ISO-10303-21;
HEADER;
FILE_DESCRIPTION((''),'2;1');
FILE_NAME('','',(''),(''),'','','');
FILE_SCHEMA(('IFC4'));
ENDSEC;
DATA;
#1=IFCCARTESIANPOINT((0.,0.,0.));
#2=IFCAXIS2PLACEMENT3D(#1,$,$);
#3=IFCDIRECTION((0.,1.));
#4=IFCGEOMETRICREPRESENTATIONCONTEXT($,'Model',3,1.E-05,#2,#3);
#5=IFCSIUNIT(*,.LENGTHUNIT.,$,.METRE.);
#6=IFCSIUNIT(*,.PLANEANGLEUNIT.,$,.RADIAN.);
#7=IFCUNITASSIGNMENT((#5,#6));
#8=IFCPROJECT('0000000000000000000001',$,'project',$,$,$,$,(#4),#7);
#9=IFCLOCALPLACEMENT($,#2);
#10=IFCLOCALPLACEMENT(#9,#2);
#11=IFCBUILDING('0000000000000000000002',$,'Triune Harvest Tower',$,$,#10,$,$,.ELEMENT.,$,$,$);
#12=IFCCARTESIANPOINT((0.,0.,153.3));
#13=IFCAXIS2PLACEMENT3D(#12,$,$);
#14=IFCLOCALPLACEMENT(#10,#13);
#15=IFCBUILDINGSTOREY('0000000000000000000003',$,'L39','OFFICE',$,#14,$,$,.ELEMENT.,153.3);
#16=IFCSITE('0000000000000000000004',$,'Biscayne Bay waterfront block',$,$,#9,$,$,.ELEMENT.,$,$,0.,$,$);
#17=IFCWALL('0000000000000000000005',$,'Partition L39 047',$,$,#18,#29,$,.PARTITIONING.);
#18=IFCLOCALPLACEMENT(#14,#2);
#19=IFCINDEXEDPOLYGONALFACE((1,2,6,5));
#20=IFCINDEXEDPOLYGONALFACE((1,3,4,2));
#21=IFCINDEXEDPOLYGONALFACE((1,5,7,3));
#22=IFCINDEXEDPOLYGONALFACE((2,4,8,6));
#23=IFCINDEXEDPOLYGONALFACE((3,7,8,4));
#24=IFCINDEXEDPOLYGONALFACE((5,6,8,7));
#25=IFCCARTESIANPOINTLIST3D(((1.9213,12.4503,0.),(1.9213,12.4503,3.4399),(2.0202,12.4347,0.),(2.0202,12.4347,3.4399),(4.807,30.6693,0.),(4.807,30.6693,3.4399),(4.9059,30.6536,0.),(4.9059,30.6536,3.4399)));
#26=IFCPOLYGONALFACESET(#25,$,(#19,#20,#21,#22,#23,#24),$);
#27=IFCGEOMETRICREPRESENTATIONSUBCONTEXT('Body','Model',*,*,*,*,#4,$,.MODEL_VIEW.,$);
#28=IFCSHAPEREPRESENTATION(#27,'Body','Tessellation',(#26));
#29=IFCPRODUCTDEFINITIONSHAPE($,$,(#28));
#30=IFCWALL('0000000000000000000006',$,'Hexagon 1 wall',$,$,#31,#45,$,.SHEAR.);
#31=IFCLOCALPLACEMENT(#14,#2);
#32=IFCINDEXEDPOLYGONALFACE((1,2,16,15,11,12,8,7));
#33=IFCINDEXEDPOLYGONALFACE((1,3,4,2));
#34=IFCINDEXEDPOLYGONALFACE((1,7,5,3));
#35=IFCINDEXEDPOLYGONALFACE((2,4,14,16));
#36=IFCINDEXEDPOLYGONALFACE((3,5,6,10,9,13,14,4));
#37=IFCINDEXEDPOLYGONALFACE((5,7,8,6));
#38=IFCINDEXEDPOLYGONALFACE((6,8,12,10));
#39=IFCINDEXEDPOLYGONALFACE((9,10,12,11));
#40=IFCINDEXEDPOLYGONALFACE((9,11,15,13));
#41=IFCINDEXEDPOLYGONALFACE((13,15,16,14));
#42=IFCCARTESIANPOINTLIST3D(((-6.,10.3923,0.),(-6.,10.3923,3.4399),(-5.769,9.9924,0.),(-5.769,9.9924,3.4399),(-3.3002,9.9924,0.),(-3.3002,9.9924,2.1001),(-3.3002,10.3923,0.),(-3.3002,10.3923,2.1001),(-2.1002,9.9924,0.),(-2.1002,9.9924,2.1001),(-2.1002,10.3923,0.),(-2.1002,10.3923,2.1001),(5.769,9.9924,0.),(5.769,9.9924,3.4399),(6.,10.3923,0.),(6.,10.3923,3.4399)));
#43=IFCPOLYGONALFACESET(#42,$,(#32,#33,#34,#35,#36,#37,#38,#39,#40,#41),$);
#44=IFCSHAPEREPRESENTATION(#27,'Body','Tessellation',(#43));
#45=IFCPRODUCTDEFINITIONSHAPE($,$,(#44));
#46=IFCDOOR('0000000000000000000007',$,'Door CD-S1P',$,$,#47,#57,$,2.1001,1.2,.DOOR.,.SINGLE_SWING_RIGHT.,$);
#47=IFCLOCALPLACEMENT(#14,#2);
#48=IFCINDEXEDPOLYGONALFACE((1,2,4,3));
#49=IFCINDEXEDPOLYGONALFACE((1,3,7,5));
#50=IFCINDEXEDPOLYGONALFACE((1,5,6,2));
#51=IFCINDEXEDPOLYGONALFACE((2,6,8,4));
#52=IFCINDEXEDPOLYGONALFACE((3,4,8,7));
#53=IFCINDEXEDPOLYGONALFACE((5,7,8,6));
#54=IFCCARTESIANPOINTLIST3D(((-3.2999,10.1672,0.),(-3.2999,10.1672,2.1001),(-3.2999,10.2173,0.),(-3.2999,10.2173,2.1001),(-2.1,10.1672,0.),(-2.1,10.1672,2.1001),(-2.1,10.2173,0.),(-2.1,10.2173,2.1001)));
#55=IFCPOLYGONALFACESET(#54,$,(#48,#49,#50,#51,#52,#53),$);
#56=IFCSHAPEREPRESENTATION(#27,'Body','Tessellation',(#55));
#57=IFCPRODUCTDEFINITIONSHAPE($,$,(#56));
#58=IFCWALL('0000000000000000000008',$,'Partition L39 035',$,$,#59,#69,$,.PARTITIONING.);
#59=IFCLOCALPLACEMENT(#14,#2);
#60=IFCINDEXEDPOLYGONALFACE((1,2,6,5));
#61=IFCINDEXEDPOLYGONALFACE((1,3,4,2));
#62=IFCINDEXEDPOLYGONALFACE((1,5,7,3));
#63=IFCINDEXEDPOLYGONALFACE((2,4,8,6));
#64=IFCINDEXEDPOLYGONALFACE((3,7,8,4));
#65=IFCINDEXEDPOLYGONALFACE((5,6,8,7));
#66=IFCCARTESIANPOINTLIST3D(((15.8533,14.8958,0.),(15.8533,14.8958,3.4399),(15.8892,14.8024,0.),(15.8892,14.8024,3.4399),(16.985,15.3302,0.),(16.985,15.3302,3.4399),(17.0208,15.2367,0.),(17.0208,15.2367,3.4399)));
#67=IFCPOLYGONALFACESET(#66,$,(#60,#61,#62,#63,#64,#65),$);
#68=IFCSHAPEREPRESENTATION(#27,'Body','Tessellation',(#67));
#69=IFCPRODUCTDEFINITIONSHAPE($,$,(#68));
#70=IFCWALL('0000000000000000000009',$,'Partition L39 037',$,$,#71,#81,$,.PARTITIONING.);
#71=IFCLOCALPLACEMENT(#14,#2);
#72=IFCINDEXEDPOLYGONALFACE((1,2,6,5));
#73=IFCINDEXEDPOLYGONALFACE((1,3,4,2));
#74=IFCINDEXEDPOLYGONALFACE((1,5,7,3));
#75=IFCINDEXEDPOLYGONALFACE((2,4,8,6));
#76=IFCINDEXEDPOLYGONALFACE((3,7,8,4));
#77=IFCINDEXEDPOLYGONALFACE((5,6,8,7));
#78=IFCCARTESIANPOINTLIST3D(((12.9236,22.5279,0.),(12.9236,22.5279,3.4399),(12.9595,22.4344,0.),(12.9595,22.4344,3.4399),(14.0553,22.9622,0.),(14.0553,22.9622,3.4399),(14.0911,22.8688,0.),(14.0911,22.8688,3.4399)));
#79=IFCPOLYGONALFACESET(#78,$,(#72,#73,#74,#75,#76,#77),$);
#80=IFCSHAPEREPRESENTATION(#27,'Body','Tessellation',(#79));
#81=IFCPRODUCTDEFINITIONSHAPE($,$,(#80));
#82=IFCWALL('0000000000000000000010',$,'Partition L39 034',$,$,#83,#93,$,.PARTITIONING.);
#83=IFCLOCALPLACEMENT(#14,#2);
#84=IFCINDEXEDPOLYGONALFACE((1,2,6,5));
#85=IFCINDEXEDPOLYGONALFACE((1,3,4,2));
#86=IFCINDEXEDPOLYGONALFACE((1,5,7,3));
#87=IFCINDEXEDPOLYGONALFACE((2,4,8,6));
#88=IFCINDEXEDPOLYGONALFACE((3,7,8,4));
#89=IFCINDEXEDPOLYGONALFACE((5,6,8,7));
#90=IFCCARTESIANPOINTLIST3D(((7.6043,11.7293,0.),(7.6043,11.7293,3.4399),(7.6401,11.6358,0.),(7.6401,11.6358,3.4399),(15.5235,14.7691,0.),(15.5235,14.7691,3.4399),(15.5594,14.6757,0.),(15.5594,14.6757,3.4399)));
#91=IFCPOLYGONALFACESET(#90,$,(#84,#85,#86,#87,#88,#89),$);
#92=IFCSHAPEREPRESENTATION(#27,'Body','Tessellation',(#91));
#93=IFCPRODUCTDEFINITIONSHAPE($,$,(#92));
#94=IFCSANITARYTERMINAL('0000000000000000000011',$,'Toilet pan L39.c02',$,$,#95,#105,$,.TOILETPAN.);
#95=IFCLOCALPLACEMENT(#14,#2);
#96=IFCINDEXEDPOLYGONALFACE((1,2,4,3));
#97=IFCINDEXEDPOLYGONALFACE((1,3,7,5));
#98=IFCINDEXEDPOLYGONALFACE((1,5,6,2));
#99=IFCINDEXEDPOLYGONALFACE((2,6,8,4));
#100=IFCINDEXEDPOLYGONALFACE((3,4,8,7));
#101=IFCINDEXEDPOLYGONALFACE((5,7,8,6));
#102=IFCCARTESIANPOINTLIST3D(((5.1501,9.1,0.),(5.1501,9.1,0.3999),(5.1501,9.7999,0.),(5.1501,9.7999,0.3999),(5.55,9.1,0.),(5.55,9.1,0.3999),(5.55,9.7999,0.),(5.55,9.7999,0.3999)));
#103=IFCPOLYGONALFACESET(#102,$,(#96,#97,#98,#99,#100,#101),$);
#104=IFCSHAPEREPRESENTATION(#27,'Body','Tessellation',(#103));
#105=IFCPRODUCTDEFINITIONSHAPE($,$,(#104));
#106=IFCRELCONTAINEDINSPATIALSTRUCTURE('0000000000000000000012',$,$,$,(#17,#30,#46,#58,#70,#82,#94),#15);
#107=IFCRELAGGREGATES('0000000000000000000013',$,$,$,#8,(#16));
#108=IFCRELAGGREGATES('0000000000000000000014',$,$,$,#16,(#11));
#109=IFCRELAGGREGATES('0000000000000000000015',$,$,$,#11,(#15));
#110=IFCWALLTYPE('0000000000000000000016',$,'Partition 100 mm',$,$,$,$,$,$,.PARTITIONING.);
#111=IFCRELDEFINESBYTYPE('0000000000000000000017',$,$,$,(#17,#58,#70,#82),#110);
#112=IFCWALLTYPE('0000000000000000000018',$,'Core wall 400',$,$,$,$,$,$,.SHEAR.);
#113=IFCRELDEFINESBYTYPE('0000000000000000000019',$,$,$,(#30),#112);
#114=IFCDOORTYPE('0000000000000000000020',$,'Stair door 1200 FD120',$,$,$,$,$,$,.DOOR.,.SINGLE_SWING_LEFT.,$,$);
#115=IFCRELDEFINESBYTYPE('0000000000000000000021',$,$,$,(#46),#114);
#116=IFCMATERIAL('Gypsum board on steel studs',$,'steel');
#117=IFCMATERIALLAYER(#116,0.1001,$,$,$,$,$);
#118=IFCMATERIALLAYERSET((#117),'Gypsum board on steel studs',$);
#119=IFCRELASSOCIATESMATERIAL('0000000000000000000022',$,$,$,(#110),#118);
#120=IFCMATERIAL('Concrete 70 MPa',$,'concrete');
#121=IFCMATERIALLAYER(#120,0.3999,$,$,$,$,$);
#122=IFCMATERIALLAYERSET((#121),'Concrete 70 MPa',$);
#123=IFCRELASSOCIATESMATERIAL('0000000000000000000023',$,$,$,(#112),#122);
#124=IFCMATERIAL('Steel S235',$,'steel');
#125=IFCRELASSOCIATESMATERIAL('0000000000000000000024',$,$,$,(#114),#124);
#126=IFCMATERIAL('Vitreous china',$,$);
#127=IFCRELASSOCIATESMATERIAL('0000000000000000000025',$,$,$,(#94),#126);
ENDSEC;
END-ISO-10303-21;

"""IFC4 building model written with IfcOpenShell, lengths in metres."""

from ifc_helpers import new_model, si_unit, direction, frame, frame_2d, origin, origin_2d, place, context, subcontext, project, spatial, polyline, rectangle, outline, extrude, source, transform, mapped, material, layer, layer_set, type_object, element, fill, save


model = new_model("IFC4")

# Units and contexts
model_context = context("Model", 3, precision=1e-05, world=origin(), true_north=direction((0.0, 1.0)))
body_context = subcontext(model_context, "Body", "Model", "MODEL_VIEW")
ifc_project = project(units=[si_unit("LENGTHUNIT", "METRE"), si_unit("PLANEANGLEUNIT", "RADIAN")], contexts=[model_context])

# Site, building, storey
site_placement = place(None, origin())
site = spatial("IfcSite", under=ifc_project, at=site_placement, Name="Biscayne Bay waterfront block", CompositionType="ELEMENT", RefElevation=0.0)
building_placement = place(site_placement, origin())
building = spatial("IfcBuilding", under=site, at=building_placement, Name="Triune Harvest Tower", CompositionType="ELEMENT")
storey_placement = place(building_placement, frame((0.0, 0.0, 153.3)))
storey = spatial("IfcBuildingStorey", under=building, at=storey_placement, Name="L39", Description="OFFICE", CompositionType="ELEMENT", Elevation=153.3)

# Shared definitions
ifc_material_1 = material(Name="Gypsum board on steel studs", Category="steel")
ifc_layer_1 = layer(ifc_material_1, 0.1001)
ifc_layer_set_1 = layer_set([ifc_layer_1], Name="Gypsum board on steel studs")
wall_type_1 = type_object("IfcWallType", Name="Partition 100 mm", PredefinedType="PARTITIONING", material=ifc_layer_set_1)

# Wall
wall_1_placement = place(storey_placement, frame((1.9707, 12.4424, 0.0), z_axis=(0.0, 0.0, 1.0), x_axis=(0.156442, 0.987687, 0.0)))
element("IfcWall", 1, at=wall_1_placement, inside=storey, type_object=wall_type_1, Name="Partition L39 047", PredefinedType="PARTITIONING", context=body_context, shape_type="SweptSolid", body=[
    extrude(rectangle(XDim=18.446, YDim=0.1001, at=frame_2d((9.2231, 0.0))), origin(), (0.0, 0.0, 1.0), 3.4399),
])

# Wall, opening, door
ifc_material_2 = material(Name="Concrete 70 MPa", Category="concrete")
ifc_layer_2 = layer(ifc_material_2, 0.3999)
ifc_layer_set_2 = layer_set([ifc_layer_2], Name="Concrete 70 MPa")
wall_type_2 = type_object("IfcWallType", Name="Core wall 400", PredefinedType="SHEAR", material=ifc_layer_set_2)
shared_shape_1 = source(origin(), body_context, "Body", "SweptSolid", [
    extrude(outline(polyline([(-0.1155, -0.2), (11.8845, -0.2), (11.6536, 0.2), (0.1155, 0.2), (-0.1155, -0.2)])), origin(), (0.0, 0.0, 1.0), 3.4399),
])
wall_2_placement = place(storey_placement, frame((5.8845, 10.1924, 0.0), z_axis=(0.0, 0.0, 1.0), x_axis=(-1.0, 0.0, 0.0)))
wall_2 = element("IfcWall", 2, at=wall_2_placement, inside=storey, type_object=wall_type_2, Name="Hexagon 1 wall", PredefinedType="SHEAR", context=body_context, shape_type="MappedRepresentation", body=[
    mapped(shared_shape_1, transform((0.0, 0.0, 0.0), scale=1.0)),
])
opening_1_placement = place(wall_2_placement, frame((7.9846, 0.0, 0.0)))
opening_1 = element("IfcOpeningElement", 3, at=opening_1_placement, cuts=wall_2, PredefinedType="OPENING", context=body_context, shape_type="SweptSolid", body=[
    extrude(rectangle(XDim=1.2, YDim=2.1001, at=frame_2d((0.6001, 1.05))), frame((0.0, 0.21, 0.0), z_axis=(0.0, -1.0, 0.0), x_axis=(1.0, 0.0, 0.0)), (0.0, 0.0, 1.0), 0.4199),
])
ifc_material_3 = material(Name="Steel S235", Category="steel")
door_type_1 = type_object("IfcDoorType", Name="Stair door 1200 FD120", OperationType="SINGLE_SWING_LEFT", PredefinedType="DOOR", material=ifc_material_3)
door_1_placement = place(opening_1_placement, frame((1.2, 0.0, 0.0), z_axis=(0.0, 0.0, 1.0), x_axis=(-1.0, 0.0, 0.0)))
door_1 = element("IfcDoor", 4, at=door_1_placement, inside=storey, type_object=door_type_1, Name="Door CD-S1P", OperationType="SINGLE_SWING_RIGHT", OverallHeight=2.1001, OverallWidth=1.2, PredefinedType="DOOR", context=body_context, shape_type="SweptSolid", body=[
    extrude(rectangle(XDim=1.2, YDim=2.1001, at=frame_2d((0.6001, 1.05))), frame((0.0, 0.0249, 0.0), z_axis=(0.0, -1.0, 0.0), x_axis=(1.0, 0.0, 0.0)), (0.0, 0.0, 1.0), 0.05),
])
fill(opening_1, door_1)

# Walls
shared_shape_2 = source(origin(), body_context, "Body", "SweptSolid", [
    extrude(rectangle(XDim=1.2122, YDim=0.1001, at=frame_2d((0.606, 0.0))), origin(), (0.0, 0.0, 1.0), 3.4399),
])
for number, where, z_axis, x_axis, name in (
    (5, (15.8713, 14.8491, 0.0), (0.0, 0.0, 1.0), (0.933595, 0.358331, 0.0), "Partition L39 035"),
    (6, (12.9417, 22.4812, 0.0), (0.0, 0.0, 1.0), (0.933595, 0.358331, 0.0), "Partition L39 037"),
):
    element("IfcWall", number, at=place(storey_placement, frame(where, z_axis=z_axis, x_axis=x_axis)), inside=storey, type_object=wall_type_1, Name=name, PredefinedType="PARTITIONING", context=body_context, shape_type="MappedRepresentation", body=[
        mapped(shared_shape_2, transform((0.0, 0.0, 0.0), scale=1.0)),
    ])
shared_shape_3 = source(origin(), body_context, "Body", "SweptSolid", [
    extrude(rectangle(XDim=8.4827, YDim=0.1001, at=frame_2d((4.2412, 0.0))), origin(), (0.0, 0.0, 1.0), 3.4399),
])
wall_3_placement = place(storey_placement, frame((7.6223, 11.6826, 0.0), z_axis=(0.0, 0.0, 1.0), x_axis=(0.933584, 0.358358, 0.0)))
element("IfcWall", 7, at=wall_3_placement, inside=storey, type_object=wall_type_1, Name="Partition L39 034", PredefinedType="PARTITIONING", context=body_context, shape_type="MappedRepresentation", body=[
    mapped(shared_shape_3, transform((0.0, 0.0, 0.0), scale=1.0)),
])

# Sanitary terminal
ifc_material_4 = material(Name="Vitreous china")
shared_shape_4 = source(origin(), body_context, "Body", "SweptSolid", [
    extrude(rectangle(XDim=0.3999, YDim=0.7, at=origin_2d()), origin(), (0.0, 0.0, 1.0), 0.3999),
])
sanitary_terminal_placement = place(storey_placement, frame((5.3501, 9.45, 0.0), z_axis=(0.0, 0.0, 1.0), x_axis=(1.0, 0.0, 0.0)))
element("IfcSanitaryTerminal", 8, at=sanitary_terminal_placement, inside=storey, material=ifc_material_4, Name="Toilet pan L39.c02", PredefinedType="TOILETPAN", context=body_context, shape_type="MappedRepresentation", body=[
    mapped(shared_shape_4, transform((0.0, 0.0, 0.0), scale=1.0)),
])

save(model, "model.ifc")
